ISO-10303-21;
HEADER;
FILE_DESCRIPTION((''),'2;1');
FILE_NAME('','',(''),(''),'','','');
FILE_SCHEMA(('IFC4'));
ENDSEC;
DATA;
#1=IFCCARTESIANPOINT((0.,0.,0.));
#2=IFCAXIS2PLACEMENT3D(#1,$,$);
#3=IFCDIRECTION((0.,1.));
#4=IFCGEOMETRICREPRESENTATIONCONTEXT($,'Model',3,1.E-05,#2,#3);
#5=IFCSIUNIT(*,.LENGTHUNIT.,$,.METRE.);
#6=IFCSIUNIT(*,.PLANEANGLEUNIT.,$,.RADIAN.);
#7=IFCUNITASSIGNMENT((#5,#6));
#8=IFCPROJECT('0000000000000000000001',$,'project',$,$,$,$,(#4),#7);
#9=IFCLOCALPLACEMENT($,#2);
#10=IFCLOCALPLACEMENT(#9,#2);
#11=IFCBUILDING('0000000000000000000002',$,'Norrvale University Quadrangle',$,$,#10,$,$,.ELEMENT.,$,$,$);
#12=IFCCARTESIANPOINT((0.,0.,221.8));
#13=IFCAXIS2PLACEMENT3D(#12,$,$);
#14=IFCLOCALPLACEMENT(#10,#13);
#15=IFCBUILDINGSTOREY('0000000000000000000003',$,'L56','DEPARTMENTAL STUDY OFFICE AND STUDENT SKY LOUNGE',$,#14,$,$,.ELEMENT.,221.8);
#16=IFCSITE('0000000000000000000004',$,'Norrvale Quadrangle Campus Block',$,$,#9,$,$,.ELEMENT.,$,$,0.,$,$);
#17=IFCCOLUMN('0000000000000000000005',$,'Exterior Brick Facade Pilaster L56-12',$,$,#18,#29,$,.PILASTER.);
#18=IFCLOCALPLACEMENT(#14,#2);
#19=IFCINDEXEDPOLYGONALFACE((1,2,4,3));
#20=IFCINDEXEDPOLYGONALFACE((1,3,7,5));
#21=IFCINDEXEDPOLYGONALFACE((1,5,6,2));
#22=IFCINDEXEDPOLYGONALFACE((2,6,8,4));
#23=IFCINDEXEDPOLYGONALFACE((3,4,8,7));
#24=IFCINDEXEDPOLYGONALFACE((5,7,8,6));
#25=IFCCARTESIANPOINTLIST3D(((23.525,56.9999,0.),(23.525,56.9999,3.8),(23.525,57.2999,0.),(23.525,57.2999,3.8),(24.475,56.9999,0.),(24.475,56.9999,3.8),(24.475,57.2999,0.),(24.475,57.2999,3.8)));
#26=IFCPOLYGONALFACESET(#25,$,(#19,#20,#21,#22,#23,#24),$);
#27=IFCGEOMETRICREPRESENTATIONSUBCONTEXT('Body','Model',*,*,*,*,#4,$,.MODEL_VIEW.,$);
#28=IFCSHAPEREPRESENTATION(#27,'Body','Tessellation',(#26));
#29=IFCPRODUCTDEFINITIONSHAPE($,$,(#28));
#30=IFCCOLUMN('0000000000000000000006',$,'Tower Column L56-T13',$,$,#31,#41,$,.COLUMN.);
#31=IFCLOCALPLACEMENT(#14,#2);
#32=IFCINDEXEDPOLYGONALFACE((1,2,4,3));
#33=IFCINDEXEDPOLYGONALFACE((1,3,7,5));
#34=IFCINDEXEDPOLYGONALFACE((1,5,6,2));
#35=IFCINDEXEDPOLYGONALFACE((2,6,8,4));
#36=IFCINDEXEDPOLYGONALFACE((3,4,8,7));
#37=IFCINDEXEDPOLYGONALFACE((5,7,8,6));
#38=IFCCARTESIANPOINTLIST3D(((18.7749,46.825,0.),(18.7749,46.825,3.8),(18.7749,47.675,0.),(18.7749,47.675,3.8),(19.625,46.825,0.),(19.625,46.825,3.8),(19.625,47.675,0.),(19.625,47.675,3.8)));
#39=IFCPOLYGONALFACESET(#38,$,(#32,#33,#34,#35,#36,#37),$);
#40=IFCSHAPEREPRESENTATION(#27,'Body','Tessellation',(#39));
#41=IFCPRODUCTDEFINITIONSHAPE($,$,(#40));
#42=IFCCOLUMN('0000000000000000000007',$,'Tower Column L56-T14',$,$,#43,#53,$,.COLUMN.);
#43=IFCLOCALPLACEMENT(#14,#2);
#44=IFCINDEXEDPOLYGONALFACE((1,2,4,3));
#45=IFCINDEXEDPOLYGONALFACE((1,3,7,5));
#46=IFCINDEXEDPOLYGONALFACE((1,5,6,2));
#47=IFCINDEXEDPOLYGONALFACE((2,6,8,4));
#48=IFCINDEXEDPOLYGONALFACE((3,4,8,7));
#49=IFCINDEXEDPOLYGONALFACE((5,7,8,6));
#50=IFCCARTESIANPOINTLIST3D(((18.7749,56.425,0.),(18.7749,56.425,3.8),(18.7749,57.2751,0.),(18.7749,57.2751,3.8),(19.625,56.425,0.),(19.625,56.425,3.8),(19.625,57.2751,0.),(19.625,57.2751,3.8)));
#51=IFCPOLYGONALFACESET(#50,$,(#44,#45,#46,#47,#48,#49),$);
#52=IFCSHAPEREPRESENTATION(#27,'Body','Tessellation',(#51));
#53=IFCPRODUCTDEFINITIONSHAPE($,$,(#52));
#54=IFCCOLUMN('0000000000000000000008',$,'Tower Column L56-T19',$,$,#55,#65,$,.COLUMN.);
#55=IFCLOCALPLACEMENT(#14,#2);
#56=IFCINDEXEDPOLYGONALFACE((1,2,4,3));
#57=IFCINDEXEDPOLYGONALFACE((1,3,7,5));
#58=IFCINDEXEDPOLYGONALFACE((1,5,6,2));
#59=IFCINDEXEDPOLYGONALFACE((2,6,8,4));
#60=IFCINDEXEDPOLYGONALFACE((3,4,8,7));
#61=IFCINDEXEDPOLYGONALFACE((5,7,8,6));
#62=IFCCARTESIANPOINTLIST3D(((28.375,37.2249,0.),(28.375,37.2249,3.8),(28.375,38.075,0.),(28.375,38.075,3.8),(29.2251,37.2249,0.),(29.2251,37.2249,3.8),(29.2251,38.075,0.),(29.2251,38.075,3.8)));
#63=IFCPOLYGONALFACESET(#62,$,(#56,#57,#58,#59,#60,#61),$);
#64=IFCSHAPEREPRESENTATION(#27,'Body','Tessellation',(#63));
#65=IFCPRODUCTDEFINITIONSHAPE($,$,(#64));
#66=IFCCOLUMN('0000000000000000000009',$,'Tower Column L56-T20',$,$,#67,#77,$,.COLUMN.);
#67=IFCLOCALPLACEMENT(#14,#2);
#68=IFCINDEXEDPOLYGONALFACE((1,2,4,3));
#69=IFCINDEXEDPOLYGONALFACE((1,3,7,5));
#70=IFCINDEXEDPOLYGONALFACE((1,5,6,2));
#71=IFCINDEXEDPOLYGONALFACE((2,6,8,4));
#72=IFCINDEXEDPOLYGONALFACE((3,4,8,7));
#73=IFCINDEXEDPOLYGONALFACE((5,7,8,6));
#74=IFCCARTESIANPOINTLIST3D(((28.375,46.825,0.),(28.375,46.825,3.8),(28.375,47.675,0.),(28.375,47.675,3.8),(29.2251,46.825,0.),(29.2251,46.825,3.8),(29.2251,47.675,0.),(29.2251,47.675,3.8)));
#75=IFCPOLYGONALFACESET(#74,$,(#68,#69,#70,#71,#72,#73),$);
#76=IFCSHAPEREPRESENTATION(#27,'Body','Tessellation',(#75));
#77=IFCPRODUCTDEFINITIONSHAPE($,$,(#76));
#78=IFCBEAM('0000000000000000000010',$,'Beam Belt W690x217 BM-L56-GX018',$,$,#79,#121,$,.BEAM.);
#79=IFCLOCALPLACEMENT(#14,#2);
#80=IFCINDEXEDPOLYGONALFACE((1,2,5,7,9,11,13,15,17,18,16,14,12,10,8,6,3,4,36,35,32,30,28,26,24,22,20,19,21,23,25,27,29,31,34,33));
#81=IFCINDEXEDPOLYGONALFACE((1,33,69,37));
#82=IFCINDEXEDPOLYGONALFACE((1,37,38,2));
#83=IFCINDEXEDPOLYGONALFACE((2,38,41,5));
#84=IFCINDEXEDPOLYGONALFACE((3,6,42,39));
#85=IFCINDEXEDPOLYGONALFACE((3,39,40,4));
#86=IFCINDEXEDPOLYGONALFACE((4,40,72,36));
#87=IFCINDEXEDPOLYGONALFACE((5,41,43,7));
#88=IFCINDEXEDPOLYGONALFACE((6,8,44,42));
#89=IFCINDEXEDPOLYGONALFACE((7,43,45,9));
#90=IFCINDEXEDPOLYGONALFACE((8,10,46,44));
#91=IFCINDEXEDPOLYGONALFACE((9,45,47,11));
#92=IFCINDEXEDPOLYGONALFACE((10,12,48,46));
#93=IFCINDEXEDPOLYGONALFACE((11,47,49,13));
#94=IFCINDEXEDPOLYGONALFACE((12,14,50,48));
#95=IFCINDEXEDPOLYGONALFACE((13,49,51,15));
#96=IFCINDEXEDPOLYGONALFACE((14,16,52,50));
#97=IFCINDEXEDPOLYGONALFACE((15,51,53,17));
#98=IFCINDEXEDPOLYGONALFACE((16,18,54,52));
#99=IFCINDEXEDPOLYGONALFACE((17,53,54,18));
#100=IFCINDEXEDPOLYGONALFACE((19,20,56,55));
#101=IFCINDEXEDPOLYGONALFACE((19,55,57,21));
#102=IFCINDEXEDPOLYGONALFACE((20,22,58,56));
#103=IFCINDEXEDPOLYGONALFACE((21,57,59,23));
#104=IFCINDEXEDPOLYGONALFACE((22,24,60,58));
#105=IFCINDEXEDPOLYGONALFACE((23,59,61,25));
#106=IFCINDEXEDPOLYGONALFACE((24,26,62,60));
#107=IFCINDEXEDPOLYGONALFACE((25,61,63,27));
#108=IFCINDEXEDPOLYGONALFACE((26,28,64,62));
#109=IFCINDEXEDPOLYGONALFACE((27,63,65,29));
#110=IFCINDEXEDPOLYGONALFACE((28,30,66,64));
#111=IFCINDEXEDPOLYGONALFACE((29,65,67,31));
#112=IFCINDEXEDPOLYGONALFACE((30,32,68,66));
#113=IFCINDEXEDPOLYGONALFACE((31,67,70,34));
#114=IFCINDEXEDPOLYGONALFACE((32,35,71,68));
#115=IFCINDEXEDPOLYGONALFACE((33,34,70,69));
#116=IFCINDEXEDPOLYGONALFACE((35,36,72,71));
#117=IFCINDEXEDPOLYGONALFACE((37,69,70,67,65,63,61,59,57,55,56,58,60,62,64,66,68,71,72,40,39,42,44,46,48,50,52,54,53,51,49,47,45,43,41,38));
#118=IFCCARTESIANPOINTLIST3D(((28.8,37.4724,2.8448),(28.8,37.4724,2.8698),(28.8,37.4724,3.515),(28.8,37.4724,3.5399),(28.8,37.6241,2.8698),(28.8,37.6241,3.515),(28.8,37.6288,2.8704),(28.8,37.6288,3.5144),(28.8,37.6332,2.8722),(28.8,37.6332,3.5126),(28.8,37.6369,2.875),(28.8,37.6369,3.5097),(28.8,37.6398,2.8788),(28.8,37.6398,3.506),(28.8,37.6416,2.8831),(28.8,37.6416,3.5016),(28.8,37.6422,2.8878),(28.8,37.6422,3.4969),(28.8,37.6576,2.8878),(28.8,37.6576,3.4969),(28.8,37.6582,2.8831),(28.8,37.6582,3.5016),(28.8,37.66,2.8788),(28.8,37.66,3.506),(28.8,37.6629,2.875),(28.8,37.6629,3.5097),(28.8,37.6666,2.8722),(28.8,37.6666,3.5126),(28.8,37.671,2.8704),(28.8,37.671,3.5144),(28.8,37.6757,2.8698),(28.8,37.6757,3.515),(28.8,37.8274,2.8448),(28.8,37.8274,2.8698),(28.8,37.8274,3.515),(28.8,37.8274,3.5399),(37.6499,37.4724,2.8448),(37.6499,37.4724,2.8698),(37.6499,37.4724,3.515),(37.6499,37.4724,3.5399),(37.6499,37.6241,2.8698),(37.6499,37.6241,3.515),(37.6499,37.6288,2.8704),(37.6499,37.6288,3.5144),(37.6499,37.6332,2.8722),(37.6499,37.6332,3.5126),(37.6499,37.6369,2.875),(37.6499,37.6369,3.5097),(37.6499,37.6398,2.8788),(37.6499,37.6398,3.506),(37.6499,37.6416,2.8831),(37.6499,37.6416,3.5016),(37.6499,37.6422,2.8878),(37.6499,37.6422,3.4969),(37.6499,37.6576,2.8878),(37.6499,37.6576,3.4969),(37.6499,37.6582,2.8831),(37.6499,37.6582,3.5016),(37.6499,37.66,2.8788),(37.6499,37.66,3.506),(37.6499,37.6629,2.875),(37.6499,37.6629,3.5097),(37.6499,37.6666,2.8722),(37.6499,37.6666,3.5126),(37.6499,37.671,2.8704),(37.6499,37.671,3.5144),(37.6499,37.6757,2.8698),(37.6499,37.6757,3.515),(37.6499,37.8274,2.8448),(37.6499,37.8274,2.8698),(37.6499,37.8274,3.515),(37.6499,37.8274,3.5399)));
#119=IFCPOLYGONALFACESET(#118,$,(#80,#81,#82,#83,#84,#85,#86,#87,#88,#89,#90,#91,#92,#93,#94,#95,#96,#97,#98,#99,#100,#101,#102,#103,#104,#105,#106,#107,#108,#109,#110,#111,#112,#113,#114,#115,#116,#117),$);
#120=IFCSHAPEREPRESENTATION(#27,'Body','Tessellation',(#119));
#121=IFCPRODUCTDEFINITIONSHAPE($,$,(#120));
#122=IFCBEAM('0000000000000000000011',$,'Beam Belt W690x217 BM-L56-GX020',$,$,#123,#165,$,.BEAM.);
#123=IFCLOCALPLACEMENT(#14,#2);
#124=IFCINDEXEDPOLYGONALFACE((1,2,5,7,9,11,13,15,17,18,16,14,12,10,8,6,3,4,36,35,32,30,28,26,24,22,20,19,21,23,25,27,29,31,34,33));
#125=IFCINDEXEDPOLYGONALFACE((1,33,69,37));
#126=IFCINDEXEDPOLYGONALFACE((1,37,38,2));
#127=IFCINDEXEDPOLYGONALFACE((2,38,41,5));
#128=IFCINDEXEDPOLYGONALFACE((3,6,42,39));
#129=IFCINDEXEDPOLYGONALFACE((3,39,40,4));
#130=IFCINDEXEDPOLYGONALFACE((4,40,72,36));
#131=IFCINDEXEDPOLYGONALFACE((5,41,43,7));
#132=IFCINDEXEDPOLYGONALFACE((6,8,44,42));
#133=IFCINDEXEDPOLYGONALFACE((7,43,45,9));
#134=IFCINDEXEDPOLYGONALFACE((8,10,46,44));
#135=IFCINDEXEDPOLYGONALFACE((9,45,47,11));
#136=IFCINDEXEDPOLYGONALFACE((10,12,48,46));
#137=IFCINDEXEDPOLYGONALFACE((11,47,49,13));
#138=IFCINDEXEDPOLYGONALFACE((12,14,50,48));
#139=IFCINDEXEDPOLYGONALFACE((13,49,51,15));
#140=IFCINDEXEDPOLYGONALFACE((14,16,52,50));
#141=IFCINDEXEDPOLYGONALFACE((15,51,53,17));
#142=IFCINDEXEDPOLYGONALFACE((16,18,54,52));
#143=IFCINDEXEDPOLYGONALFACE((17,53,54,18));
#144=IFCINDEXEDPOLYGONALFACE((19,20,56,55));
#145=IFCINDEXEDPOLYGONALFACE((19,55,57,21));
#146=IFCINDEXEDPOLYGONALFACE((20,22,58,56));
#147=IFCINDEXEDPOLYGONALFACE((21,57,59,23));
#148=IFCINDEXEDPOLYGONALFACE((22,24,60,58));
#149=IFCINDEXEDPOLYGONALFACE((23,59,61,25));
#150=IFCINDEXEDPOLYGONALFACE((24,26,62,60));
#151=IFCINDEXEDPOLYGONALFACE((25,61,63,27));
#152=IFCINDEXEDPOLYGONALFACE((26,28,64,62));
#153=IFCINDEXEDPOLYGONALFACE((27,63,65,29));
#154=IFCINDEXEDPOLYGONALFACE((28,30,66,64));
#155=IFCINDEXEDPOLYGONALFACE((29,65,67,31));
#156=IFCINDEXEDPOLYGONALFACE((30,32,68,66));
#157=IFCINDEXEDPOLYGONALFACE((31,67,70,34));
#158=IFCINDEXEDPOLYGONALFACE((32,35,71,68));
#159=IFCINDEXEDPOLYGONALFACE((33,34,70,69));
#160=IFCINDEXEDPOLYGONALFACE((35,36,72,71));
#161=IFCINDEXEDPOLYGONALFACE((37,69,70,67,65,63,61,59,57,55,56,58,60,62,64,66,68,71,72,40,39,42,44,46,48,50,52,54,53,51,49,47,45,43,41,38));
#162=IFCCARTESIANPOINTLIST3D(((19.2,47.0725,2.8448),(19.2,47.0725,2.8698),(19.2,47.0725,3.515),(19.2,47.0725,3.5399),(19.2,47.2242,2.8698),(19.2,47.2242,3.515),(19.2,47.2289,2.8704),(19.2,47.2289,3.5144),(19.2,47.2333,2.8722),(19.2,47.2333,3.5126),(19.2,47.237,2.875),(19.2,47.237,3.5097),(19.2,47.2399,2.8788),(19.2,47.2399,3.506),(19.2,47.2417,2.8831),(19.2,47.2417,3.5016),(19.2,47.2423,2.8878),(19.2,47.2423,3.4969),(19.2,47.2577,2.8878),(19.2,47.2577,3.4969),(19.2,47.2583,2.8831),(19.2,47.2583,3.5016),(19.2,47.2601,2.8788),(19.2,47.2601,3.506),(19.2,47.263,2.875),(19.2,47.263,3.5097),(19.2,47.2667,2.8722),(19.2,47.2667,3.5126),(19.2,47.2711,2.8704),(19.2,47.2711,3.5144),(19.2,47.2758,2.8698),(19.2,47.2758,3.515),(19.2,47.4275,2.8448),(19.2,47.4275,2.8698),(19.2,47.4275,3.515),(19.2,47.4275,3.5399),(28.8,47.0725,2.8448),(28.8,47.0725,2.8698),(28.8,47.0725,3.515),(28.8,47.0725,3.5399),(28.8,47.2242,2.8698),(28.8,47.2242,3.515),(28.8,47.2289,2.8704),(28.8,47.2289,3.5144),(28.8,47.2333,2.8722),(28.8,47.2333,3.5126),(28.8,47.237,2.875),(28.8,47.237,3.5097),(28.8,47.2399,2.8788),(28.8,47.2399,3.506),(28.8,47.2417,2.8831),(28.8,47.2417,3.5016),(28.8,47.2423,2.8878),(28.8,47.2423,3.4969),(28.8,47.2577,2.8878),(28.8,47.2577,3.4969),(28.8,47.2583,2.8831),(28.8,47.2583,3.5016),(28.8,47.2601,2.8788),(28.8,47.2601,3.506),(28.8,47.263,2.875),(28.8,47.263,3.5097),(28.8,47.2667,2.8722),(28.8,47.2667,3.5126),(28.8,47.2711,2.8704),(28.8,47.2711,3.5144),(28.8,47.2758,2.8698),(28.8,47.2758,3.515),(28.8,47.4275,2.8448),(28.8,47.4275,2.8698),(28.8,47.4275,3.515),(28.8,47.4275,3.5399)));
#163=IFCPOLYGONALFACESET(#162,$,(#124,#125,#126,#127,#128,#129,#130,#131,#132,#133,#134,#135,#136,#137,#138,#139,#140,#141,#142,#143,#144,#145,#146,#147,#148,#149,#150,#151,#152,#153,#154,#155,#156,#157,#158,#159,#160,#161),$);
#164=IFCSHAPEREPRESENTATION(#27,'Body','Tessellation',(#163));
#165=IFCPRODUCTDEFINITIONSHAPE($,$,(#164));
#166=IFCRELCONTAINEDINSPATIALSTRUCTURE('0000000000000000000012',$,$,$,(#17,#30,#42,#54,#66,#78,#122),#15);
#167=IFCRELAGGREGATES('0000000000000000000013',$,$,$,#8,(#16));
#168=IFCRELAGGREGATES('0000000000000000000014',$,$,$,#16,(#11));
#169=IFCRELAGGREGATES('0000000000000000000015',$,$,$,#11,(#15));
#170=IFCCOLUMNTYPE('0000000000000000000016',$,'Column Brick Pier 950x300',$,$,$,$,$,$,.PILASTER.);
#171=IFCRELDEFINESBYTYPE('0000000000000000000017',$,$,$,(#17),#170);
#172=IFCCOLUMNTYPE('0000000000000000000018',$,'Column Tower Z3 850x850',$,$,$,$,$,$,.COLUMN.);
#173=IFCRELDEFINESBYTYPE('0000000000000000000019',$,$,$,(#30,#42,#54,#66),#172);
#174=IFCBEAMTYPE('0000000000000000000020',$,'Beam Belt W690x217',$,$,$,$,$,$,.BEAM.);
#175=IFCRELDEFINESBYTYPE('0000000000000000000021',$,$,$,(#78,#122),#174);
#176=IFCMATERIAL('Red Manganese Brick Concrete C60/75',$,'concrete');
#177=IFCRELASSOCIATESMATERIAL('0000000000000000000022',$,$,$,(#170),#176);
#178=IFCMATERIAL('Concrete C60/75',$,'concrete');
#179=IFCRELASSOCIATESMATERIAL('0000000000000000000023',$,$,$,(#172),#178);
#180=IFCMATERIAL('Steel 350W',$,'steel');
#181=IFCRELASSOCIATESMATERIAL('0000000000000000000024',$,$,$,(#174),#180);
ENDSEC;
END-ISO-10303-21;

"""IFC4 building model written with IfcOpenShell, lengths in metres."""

from ifc_helpers import new_model, si_unit, direction, frame, origin, origin_2d, place, context, subcontext, project, spatial, rectangle, i_section, extrude, material, material_profile, profile_set, type_object, element, save


model = new_model("IFC4")

# Units and contexts
model_context = context("Model", 3, precision=1e-05, world=origin(), true_north=direction((0.0, 1.0)))
body_context = subcontext(model_context, "Body", "Model", "MODEL_VIEW")
ifc_project = project(units=[si_unit("LENGTHUNIT", "METRE"), si_unit("PLANEANGLEUNIT", "RADIAN")], contexts=[model_context])

# Site, building, storey
site_placement = place(None, origin())
site = spatial("IfcSite", under=ifc_project, at=site_placement, Name="Norrvale Quadrangle Campus Block", CompositionType="ELEMENT", RefElevation=0.0)
building_placement = place(site_placement, origin())
building = spatial("IfcBuilding", under=site, at=building_placement, Name="Norrvale University Quadrangle", CompositionType="ELEMENT")
storey_placement = place(building_placement, frame((0.0, 0.0, 221.8)))
storey = spatial("IfcBuildingStorey", under=building, at=storey_placement, Name="L56", Description="DEPARTMENTAL STUDY OFFICE AND STUDENT SKY LOUNGE", CompositionType="ELEMENT", Elevation=221.8)

# Columns
ifc_material_1 = material(Name="Red Manganese Brick Concrete C60/75", Category="concrete")
ifc_material_profile_1 = material_profile(ifc_material_1, rectangle(XDim=0.95, YDim=0.3, at=origin_2d()), Name="Red Manganese Brick Concrete C60/75")
ifc_profile_set_1 = profile_set([ifc_material_profile_1], Name="Red Manganese Brick Concrete C60/75")
column_type_1 = type_object("IfcColumnType", Name="Column Brick Pier 950x300", PredefinedType="PILASTER", material=ifc_profile_set_1)
column_placement = place(storey_placement, frame((24.0, 57.1499, 0.0), z_axis=(0.0, 0.0, 1.0), x_axis=(1.0, 0.0, 0.0)))
element("IfcColumn", 1, at=column_placement, inside=storey, type_object=column_type_1, Name="Exterior Brick Facade Pilaster L56-12", PredefinedType="PILASTER", context=body_context, shape_type="SweptSolid", body=[
    extrude(rectangle(XDim=0.95, YDim=0.3, at=origin_2d()), origin(), (0.0, 0.0, 1.0), 3.8),
])
ifc_material_2 = material(Name="Concrete C60/75", Category="concrete")
ifc_material_profile_2 = material_profile(ifc_material_2, rectangle(XDim=0.8501, YDim=0.8501, at=origin_2d()), Name="Concrete C60/75")
ifc_profile_set_2 = profile_set([ifc_material_profile_2], Name="Concrete C60/75")
column_type_2 = type_object("IfcColumnType", Name="Column Tower Z3 850x850", PredefinedType="COLUMN", material=ifc_profile_set_2)
for number, where, z_axis, x_axis, name in (
    (2, (19.2, 47.25, 0.0), (0.0, 0.0, 1.0), (1.0, 0.0, 0.0), "Tower Column L56-T13"),
    (3, (19.2, 56.8501, 0.0), (0.0, 0.0, 1.0), (1.0, 0.0, 0.0), "Tower Column L56-T14"),
    (4, (28.8, 37.6499, 0.0), (0.0, 0.0, 1.0), (1.0, 0.0, 0.0), "Tower Column L56-T19"),
    (5, (28.8, 47.25, 0.0), (0.0, 0.0, 1.0), (1.0, 0.0, 0.0), "Tower Column L56-T20"),
):
    element("IfcColumn", number, at=place(storey_placement, frame(where, z_axis=z_axis, x_axis=x_axis)), inside=storey, type_object=column_type_2, Name=name, PredefinedType="COLUMN", context=body_context, shape_type="SweptSolid", body=[
        extrude(rectangle(XDim=0.8501, YDim=0.8501, at=origin_2d()), origin(), (0.0, 0.0, 1.0), 3.8),
    ])

# Beams
ifc_material_3 = material(Name="Steel 350W", Category="steel")
ifc_material_profile_3 = material_profile(ifc_material_3, i_section(OverallWidth=0.355, OverallDepth=0.6951, WebThickness=0.0154, FlangeThickness=0.0249, FilletRadius=0.0181, at=origin_2d()), Name="Steel 350W")
ifc_profile_set_3 = profile_set([ifc_material_profile_3], Name="Steel 350W")
beam_type_1 = type_object("IfcBeamType", Name="Beam Belt W690x217", PredefinedType="BEAM", material=ifc_profile_set_3)
beam_1_placement = place(storey_placement, frame((28.8, 37.6499, 3.1924), z_axis=(1.0, 0.0, 0.0), x_axis=(0.0, 1.0, 0.0)))
element("IfcBeam", 6, at=beam_1_placement, inside=storey, type_object=beam_type_1, Name="Beam Belt W690x217 BM-L56-GX018", PredefinedType="BEAM", context=body_context, shape_type="SweptSolid", body=[
    extrude(i_section(OverallWidth=0.355, OverallDepth=0.6951, WebThickness=0.0154, FlangeThickness=0.0249, FilletRadius=0.0181, at=origin_2d()), origin(), (0.0, 0.0, 1.0), 8.8499),
])
beam_2_placement = place(storey_placement, frame((19.2, 47.25, 3.1924), z_axis=(1.0, 0.0, 0.0), x_axis=(0.0, 1.0, 0.0)))
element("IfcBeam", 7, at=beam_2_placement, inside=storey, type_object=beam_type_1, Name="Beam Belt W690x217 BM-L56-GX020", PredefinedType="BEAM", context=body_context, shape_type="SweptSolid", body=[
    extrude(i_section(OverallWidth=0.355, OverallDepth=0.6951, WebThickness=0.0154, FlangeThickness=0.0249, FilletRadius=0.0181, at=origin_2d()), origin(), (0.0, 0.0, 1.0), 9.6001),
])

save(model, "model.ifc")
